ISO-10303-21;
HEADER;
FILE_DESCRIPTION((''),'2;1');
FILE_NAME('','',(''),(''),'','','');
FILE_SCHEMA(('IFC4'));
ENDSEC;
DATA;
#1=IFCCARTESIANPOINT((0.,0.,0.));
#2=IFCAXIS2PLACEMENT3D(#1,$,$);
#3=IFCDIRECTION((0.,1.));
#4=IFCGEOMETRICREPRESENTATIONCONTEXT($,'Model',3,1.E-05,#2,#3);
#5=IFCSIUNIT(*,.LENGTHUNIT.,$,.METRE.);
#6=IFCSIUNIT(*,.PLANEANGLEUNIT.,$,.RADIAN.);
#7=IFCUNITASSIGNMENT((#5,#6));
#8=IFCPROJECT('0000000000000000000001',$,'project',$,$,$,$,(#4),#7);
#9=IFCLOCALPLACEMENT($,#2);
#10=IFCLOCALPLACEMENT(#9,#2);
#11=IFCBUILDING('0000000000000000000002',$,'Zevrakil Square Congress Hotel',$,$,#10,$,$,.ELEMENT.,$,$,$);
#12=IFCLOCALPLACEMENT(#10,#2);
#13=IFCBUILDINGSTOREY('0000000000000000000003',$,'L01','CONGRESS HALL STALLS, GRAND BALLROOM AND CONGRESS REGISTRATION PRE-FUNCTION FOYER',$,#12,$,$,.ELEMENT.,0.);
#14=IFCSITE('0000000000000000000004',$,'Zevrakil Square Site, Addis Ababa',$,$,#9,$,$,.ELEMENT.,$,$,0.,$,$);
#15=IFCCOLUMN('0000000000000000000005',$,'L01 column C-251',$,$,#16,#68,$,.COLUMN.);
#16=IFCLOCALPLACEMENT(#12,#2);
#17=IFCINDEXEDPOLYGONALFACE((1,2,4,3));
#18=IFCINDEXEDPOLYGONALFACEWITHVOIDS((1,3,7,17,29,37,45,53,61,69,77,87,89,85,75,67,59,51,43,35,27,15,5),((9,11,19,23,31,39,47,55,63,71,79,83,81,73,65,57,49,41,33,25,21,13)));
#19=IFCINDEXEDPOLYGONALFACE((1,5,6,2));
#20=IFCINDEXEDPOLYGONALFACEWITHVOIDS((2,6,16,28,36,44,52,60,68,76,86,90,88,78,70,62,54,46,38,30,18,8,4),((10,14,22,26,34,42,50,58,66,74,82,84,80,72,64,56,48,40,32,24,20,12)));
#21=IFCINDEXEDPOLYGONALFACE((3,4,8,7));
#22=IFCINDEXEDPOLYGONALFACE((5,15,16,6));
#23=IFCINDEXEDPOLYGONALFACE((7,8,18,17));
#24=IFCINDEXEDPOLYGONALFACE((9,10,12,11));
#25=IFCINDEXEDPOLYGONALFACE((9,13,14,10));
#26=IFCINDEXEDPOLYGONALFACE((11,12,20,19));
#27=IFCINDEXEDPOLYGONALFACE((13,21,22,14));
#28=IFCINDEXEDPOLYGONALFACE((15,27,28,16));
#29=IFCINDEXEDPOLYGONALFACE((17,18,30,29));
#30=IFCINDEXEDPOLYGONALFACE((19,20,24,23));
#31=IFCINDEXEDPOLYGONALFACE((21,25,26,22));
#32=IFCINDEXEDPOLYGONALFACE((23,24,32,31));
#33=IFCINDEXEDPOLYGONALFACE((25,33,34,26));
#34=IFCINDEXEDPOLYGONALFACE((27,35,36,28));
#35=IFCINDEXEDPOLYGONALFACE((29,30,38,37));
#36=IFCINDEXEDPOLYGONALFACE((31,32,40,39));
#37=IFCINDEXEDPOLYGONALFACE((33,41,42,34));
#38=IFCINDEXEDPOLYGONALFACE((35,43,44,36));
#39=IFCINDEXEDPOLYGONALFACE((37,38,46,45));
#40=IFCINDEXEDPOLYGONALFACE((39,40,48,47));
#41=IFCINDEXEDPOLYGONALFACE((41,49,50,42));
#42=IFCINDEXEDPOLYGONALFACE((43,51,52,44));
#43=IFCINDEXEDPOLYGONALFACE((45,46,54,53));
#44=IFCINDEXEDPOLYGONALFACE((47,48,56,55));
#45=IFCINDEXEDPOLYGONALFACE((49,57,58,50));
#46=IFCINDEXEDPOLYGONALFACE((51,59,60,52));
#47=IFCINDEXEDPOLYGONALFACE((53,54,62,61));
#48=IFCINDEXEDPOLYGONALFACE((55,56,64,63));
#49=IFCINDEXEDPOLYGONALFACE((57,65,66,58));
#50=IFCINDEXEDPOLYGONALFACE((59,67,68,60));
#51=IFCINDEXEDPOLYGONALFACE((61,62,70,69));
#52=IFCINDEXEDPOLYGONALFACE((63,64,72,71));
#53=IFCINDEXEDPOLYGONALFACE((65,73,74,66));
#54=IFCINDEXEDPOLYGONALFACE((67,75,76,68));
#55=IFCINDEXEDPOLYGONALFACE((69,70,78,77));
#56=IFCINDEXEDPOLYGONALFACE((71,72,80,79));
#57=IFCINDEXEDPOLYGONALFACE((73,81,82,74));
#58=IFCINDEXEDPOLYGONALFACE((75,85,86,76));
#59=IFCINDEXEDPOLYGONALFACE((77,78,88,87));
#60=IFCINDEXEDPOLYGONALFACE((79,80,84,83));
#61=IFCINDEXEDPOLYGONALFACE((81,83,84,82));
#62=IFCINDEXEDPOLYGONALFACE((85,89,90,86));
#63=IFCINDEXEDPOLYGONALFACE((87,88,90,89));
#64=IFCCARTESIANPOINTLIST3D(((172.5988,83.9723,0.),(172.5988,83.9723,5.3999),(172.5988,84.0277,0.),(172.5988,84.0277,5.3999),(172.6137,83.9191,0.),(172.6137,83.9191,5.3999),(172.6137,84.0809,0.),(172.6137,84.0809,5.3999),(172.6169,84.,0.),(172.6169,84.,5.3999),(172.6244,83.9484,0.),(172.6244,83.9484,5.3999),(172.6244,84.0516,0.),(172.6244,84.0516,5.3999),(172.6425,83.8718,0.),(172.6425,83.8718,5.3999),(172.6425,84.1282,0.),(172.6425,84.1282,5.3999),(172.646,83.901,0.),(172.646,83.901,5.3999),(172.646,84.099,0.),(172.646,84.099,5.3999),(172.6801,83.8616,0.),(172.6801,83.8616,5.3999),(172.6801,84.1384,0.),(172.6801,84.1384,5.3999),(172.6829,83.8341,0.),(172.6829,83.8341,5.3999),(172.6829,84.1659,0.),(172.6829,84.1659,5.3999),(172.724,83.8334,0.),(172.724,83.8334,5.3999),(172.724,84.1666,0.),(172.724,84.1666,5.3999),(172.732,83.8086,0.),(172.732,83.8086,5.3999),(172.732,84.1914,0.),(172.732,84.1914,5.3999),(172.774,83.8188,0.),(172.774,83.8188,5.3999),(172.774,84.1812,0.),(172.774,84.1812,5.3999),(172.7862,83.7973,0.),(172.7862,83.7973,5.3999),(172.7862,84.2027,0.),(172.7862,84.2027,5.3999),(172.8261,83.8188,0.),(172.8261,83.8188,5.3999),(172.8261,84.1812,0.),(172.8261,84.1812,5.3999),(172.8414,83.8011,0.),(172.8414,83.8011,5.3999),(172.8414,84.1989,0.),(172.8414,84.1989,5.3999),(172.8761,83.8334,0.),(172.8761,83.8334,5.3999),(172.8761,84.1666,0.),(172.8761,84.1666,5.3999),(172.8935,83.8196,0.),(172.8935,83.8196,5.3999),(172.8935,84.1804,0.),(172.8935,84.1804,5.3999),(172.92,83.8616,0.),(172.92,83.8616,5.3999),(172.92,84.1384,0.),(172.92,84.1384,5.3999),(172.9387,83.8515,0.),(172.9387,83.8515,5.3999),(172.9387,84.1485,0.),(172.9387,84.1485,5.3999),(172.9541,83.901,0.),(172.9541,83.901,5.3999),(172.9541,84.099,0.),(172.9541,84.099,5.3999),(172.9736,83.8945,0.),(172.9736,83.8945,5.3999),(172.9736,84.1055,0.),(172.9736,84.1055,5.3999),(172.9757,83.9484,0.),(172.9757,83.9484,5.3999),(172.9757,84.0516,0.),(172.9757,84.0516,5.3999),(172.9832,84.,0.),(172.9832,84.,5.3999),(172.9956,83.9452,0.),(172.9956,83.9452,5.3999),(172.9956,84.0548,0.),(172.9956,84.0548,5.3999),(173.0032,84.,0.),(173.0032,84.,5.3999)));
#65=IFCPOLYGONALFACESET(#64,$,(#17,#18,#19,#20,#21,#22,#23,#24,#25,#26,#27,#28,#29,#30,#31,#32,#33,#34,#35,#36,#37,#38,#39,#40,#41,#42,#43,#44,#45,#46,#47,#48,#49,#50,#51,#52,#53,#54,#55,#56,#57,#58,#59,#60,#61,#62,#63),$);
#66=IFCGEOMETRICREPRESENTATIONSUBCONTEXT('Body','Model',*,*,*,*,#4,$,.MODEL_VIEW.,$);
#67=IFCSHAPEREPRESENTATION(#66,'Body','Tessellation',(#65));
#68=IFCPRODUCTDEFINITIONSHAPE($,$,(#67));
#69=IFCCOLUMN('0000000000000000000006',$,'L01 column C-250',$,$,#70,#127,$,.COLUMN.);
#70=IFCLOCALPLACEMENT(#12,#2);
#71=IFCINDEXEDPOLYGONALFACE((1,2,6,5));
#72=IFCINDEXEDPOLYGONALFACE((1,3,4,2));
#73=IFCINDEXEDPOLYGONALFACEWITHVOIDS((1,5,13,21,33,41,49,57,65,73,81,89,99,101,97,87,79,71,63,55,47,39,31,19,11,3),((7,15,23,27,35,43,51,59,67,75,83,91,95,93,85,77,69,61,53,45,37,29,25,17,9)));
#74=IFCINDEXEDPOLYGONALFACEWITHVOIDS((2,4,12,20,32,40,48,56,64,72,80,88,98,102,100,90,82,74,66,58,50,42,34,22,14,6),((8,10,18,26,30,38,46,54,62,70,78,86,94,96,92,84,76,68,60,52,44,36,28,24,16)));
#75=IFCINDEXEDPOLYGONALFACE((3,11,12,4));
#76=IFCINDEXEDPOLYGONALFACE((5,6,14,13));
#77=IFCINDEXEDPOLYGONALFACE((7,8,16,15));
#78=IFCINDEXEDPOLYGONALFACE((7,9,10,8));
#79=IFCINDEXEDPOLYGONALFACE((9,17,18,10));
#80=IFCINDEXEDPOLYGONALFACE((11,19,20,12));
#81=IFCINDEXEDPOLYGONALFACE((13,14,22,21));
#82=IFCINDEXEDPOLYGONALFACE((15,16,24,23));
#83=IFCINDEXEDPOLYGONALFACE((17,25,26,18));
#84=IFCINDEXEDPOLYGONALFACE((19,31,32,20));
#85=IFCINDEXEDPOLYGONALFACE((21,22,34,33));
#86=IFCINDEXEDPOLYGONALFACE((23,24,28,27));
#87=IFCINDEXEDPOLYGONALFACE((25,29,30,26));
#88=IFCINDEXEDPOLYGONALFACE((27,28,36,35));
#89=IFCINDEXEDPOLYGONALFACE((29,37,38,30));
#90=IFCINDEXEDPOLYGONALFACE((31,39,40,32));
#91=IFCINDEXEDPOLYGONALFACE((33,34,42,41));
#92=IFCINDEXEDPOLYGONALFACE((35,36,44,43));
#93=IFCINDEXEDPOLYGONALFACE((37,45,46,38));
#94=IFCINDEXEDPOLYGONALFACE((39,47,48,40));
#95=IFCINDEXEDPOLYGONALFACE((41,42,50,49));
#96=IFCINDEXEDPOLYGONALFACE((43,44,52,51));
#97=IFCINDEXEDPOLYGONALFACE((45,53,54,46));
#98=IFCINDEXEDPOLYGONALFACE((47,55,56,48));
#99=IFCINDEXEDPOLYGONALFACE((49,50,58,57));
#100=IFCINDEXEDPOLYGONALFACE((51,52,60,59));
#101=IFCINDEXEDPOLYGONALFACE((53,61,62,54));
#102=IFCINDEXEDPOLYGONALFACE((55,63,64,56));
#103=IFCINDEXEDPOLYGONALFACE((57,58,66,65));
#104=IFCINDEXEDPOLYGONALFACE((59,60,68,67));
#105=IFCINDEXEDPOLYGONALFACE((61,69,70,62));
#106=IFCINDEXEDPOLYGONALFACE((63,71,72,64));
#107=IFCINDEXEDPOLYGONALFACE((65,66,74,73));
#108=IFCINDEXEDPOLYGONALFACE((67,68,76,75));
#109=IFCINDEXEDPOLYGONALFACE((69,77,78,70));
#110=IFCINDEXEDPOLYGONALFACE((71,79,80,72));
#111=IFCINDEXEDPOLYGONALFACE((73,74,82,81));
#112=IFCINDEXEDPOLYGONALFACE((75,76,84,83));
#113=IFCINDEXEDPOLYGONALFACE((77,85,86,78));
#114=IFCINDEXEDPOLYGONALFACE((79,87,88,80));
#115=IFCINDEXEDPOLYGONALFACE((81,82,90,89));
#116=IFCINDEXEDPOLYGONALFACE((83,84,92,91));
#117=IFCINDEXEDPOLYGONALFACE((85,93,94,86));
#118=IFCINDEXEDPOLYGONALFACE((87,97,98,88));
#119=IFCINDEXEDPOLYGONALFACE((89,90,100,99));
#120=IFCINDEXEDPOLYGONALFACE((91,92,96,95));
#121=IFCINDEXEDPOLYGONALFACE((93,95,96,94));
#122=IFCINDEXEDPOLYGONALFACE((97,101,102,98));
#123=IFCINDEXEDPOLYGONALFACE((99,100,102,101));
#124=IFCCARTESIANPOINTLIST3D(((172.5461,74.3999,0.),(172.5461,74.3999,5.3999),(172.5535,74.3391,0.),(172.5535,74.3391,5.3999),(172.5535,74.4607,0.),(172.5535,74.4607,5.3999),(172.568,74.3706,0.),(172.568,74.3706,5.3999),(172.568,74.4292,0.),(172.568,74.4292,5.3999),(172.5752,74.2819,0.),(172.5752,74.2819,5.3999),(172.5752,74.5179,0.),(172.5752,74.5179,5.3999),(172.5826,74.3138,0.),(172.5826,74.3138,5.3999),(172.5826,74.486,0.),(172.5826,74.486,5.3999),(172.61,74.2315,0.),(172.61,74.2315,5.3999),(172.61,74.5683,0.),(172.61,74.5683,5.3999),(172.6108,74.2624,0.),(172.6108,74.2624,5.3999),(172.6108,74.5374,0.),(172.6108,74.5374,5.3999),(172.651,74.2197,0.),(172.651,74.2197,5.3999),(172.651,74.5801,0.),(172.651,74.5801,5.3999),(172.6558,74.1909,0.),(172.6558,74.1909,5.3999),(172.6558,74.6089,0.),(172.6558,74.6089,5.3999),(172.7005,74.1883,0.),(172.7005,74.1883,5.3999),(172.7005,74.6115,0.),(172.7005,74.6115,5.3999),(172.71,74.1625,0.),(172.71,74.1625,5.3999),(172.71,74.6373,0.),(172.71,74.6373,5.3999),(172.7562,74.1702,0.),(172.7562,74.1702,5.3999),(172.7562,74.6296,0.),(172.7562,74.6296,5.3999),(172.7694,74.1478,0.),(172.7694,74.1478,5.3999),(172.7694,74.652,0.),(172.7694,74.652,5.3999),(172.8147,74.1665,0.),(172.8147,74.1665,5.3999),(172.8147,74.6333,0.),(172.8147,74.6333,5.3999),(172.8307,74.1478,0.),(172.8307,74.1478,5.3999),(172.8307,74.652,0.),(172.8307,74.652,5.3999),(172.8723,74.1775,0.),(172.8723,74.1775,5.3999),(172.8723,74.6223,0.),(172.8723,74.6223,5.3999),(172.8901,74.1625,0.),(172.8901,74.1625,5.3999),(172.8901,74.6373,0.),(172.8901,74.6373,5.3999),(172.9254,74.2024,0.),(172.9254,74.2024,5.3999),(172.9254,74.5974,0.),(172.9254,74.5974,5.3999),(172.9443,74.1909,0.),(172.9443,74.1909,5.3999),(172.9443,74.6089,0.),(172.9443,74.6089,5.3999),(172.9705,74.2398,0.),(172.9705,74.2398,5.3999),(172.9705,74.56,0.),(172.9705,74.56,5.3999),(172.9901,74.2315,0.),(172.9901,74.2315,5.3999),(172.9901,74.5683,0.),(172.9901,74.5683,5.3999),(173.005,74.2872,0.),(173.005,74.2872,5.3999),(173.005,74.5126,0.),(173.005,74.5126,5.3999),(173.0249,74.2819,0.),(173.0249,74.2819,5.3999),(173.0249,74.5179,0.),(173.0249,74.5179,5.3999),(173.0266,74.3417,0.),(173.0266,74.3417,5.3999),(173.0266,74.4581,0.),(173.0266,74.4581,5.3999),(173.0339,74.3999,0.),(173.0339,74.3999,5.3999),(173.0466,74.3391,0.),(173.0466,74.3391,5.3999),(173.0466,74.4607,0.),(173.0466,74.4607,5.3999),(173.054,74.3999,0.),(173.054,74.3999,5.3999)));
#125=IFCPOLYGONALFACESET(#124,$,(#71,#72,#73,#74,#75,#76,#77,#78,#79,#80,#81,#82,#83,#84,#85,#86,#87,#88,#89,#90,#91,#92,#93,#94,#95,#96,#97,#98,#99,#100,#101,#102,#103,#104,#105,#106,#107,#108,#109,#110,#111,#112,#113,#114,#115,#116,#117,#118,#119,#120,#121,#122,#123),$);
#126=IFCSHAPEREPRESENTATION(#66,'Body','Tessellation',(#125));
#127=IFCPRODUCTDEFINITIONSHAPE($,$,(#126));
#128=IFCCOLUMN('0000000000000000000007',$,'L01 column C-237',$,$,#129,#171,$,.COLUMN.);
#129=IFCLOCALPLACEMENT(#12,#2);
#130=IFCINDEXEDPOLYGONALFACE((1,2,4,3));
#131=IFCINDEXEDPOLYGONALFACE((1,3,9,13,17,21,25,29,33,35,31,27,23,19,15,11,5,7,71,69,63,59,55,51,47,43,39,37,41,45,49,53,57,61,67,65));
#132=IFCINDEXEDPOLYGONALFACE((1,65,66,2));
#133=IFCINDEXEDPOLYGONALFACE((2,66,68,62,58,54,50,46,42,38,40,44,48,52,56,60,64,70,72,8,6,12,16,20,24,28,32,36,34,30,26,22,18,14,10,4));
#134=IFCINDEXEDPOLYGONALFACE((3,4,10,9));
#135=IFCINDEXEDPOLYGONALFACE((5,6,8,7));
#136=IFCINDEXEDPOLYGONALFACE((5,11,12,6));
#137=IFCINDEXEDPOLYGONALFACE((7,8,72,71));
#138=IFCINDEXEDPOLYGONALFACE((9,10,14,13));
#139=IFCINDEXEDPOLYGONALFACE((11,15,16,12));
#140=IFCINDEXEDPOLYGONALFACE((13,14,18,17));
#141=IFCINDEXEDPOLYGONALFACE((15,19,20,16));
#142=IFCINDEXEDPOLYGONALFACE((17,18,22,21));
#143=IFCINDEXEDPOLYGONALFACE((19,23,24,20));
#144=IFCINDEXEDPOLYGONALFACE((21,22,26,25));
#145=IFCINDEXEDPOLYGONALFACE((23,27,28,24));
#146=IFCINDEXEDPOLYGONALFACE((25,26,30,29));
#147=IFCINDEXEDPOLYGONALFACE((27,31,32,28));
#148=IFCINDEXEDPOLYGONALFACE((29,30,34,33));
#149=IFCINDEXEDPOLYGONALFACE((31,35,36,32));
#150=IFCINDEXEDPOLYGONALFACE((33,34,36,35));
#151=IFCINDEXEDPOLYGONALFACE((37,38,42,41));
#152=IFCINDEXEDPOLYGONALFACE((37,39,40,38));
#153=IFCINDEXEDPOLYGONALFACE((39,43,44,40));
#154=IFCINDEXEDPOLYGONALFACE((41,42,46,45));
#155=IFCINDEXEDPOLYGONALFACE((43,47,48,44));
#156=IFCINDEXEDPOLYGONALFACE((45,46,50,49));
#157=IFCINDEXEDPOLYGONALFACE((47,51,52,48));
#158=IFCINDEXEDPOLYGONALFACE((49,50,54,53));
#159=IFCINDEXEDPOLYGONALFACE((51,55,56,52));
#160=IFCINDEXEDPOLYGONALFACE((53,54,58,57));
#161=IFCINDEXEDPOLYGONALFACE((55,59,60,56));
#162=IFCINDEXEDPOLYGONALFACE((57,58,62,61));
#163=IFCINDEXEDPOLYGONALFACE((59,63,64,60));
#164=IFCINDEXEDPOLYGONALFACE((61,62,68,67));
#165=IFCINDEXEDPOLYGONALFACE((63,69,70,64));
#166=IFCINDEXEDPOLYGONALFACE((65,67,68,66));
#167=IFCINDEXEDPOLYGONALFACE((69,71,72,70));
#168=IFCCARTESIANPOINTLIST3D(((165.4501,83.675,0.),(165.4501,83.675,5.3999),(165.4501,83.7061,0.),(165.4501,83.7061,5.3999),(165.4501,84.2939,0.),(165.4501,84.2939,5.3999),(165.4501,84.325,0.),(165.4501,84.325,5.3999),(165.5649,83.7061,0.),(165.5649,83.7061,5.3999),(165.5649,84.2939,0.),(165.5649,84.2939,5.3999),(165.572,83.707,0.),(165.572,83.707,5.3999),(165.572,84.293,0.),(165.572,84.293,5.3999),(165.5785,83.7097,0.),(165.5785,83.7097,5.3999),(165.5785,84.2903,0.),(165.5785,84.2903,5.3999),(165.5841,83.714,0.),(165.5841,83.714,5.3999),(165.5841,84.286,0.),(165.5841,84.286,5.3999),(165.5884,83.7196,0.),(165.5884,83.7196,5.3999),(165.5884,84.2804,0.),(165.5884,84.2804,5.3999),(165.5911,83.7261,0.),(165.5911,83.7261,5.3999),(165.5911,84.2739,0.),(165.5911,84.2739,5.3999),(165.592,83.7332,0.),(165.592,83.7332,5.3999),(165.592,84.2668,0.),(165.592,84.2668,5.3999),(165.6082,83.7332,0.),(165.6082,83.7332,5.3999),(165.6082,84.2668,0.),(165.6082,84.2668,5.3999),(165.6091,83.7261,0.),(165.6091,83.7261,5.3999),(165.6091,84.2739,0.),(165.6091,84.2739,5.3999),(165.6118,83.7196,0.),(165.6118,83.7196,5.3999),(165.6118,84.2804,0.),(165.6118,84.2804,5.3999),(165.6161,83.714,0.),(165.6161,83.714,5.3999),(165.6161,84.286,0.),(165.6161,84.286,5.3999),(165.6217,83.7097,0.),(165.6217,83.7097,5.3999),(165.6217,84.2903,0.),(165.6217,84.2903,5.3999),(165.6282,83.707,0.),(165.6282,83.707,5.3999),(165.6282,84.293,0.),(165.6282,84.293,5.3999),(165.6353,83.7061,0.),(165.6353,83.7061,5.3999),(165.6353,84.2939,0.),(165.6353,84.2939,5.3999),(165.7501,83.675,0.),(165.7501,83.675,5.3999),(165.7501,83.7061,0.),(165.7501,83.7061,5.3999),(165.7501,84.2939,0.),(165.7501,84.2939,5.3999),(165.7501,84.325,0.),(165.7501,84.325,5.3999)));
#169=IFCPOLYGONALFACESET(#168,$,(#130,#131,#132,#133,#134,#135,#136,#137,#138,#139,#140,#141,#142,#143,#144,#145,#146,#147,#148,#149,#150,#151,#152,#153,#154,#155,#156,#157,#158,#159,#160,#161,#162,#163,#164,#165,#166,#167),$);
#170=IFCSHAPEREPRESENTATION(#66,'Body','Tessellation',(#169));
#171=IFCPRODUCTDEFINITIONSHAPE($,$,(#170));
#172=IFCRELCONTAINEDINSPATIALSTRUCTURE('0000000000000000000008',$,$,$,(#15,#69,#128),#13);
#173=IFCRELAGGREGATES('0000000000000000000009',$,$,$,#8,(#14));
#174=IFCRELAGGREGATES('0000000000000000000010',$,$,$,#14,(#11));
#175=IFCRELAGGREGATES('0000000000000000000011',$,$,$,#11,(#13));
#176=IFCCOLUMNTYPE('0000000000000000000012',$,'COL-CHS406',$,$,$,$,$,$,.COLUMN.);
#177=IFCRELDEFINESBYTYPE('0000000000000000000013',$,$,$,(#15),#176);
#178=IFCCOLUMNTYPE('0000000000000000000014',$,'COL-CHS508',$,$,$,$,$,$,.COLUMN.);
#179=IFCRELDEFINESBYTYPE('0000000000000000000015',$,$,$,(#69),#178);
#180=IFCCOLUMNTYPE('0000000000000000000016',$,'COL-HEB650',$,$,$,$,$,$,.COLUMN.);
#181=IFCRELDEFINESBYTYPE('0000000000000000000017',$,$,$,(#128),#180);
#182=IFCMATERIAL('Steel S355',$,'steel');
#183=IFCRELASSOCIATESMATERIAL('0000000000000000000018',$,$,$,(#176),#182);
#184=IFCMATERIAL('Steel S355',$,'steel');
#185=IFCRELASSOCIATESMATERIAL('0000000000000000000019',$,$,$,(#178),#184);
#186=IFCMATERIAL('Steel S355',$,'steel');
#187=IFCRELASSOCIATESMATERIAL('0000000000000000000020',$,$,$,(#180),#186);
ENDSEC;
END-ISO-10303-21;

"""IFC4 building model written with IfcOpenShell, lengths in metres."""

from ifc_helpers import new_model, si_unit, direction, frame, origin, origin_2d, place, context, subcontext, project, spatial, hollow_circle, i_section, extrude, material, material_profile, profile_set, type_object, element, save


model = new_model("IFC4")

# Units and contexts
model_context = context("Model", 3, precision=1e-05, world=origin(), true_north=direction((0.0, 1.0)))
body_context = subcontext(model_context, "Body", "Model", "MODEL_VIEW")
ifc_project = project(units=[si_unit("LENGTHUNIT", "METRE"), si_unit("PLANEANGLEUNIT", "RADIAN")], contexts=[model_context])

# Site, building, storey
site_placement = place(None, origin())
site = spatial("IfcSite", under=ifc_project, at=site_placement, Name="Zevrakil Square Site, Addis Ababa", CompositionType="ELEMENT", RefElevation=0.0)
building_placement = place(site_placement, origin())
building = spatial("IfcBuilding", under=site, at=building_placement, Name="Zevrakil Square Congress Hotel", CompositionType="ELEMENT")
storey_placement = place(building_placement, origin())
storey = spatial("IfcBuildingStorey", under=building, at=storey_placement, Name="L01", Description="CONGRESS HALL STALLS, GRAND BALLROOM AND CONGRESS REGISTRATION PRE-FUNCTION FOYER", CompositionType="ELEMENT", Elevation=0.0)

# Columns
ifc_material_1 = material(Name="Steel S355", Category="steel")
ifc_material_profile_1 = material_profile(ifc_material_1, hollow_circle(Radius=0.2031, WallThickness=0.02, at=origin_2d()), Name="CHS 406.4x20")
ifc_profile_set_1 = profile_set([ifc_material_profile_1], Name="Steel S355")
column_type_1 = type_object("IfcColumnType", Name="COL-CHS406", PredefinedType="COLUMN", material=ifc_profile_set_1)
column_1_placement = place(storey_placement, frame((172.8, 84.0, 0.0), z_axis=(0.0, 0.0, 1.0), x_axis=(1.0, 0.0, 0.0)))
element("IfcColumn", 1, at=column_1_placement, inside=storey, type_object=column_type_1, Name="L01 column C-251", PredefinedType="COLUMN", context=body_context, shape_type="SweptSolid", body=[
    extrude(hollow_circle(Radius=0.2031, WallThickness=0.02, at=origin_2d()), origin(), (0.0, 0.0, 1.0), 5.3999),
])
ifc_material_2 = material(Name="Steel S355", Category="steel")
ifc_material_profile_2 = material_profile(ifc_material_2, hollow_circle(Radius=0.2539, WallThickness=0.02, at=origin_2d()), Name="CHS 508x20")
ifc_profile_set_2 = profile_set([ifc_material_profile_2], Name="Steel S355")
column_type_2 = type_object("IfcColumnType", Name="COL-CHS508", PredefinedType="COLUMN", material=ifc_profile_set_2)
column_2_placement = place(storey_placement, frame((172.8, 74.3999, 0.0), z_axis=(0.0, 0.0, 1.0), x_axis=(1.0, 0.0, 0.0)))
element("IfcColumn", 2, at=column_2_placement, inside=storey, type_object=column_type_2, Name="L01 column C-250", PredefinedType="COLUMN", context=body_context, shape_type="SweptSolid", body=[
    extrude(hollow_circle(Radius=0.2539, WallThickness=0.02, at=origin_2d()), origin(), (0.0, 0.0, 1.0), 5.3999),
])
ifc_material_3 = material(Name="Steel S355", Category="steel")
ifc_material_profile_3 = material_profile(ifc_material_3, i_section(OverallWidth=0.3, OverallDepth=0.6499, WebThickness=0.0161, FlangeThickness=0.031, FilletRadius=0.0271, at=origin_2d()), Name="HEB 650")
ifc_profile_set_3 = profile_set([ifc_material_profile_3], Name="Steel S355")
column_type_3 = type_object("IfcColumnType", Name="COL-HEB650", PredefinedType="COLUMN", material=ifc_profile_set_3)
column_3_placement = place(storey_placement, frame((165.6001, 84.0, 0.0), z_axis=(0.0, 0.0, 1.0), x_axis=(1.0, 0.0, 0.0)))
element("IfcColumn", 3, at=column_3_placement, inside=storey, type_object=column_type_3, Name="L01 column C-237", PredefinedType="COLUMN", context=body_context, shape_type="SweptSolid", body=[
    extrude(i_section(OverallWidth=0.3, OverallDepth=0.6499, WebThickness=0.0161, FlangeThickness=0.031, FilletRadius=0.0271, at=origin_2d()), origin(), (0.0, 0.0, 1.0), 5.3999),
])

save(model, "model.ifc")
